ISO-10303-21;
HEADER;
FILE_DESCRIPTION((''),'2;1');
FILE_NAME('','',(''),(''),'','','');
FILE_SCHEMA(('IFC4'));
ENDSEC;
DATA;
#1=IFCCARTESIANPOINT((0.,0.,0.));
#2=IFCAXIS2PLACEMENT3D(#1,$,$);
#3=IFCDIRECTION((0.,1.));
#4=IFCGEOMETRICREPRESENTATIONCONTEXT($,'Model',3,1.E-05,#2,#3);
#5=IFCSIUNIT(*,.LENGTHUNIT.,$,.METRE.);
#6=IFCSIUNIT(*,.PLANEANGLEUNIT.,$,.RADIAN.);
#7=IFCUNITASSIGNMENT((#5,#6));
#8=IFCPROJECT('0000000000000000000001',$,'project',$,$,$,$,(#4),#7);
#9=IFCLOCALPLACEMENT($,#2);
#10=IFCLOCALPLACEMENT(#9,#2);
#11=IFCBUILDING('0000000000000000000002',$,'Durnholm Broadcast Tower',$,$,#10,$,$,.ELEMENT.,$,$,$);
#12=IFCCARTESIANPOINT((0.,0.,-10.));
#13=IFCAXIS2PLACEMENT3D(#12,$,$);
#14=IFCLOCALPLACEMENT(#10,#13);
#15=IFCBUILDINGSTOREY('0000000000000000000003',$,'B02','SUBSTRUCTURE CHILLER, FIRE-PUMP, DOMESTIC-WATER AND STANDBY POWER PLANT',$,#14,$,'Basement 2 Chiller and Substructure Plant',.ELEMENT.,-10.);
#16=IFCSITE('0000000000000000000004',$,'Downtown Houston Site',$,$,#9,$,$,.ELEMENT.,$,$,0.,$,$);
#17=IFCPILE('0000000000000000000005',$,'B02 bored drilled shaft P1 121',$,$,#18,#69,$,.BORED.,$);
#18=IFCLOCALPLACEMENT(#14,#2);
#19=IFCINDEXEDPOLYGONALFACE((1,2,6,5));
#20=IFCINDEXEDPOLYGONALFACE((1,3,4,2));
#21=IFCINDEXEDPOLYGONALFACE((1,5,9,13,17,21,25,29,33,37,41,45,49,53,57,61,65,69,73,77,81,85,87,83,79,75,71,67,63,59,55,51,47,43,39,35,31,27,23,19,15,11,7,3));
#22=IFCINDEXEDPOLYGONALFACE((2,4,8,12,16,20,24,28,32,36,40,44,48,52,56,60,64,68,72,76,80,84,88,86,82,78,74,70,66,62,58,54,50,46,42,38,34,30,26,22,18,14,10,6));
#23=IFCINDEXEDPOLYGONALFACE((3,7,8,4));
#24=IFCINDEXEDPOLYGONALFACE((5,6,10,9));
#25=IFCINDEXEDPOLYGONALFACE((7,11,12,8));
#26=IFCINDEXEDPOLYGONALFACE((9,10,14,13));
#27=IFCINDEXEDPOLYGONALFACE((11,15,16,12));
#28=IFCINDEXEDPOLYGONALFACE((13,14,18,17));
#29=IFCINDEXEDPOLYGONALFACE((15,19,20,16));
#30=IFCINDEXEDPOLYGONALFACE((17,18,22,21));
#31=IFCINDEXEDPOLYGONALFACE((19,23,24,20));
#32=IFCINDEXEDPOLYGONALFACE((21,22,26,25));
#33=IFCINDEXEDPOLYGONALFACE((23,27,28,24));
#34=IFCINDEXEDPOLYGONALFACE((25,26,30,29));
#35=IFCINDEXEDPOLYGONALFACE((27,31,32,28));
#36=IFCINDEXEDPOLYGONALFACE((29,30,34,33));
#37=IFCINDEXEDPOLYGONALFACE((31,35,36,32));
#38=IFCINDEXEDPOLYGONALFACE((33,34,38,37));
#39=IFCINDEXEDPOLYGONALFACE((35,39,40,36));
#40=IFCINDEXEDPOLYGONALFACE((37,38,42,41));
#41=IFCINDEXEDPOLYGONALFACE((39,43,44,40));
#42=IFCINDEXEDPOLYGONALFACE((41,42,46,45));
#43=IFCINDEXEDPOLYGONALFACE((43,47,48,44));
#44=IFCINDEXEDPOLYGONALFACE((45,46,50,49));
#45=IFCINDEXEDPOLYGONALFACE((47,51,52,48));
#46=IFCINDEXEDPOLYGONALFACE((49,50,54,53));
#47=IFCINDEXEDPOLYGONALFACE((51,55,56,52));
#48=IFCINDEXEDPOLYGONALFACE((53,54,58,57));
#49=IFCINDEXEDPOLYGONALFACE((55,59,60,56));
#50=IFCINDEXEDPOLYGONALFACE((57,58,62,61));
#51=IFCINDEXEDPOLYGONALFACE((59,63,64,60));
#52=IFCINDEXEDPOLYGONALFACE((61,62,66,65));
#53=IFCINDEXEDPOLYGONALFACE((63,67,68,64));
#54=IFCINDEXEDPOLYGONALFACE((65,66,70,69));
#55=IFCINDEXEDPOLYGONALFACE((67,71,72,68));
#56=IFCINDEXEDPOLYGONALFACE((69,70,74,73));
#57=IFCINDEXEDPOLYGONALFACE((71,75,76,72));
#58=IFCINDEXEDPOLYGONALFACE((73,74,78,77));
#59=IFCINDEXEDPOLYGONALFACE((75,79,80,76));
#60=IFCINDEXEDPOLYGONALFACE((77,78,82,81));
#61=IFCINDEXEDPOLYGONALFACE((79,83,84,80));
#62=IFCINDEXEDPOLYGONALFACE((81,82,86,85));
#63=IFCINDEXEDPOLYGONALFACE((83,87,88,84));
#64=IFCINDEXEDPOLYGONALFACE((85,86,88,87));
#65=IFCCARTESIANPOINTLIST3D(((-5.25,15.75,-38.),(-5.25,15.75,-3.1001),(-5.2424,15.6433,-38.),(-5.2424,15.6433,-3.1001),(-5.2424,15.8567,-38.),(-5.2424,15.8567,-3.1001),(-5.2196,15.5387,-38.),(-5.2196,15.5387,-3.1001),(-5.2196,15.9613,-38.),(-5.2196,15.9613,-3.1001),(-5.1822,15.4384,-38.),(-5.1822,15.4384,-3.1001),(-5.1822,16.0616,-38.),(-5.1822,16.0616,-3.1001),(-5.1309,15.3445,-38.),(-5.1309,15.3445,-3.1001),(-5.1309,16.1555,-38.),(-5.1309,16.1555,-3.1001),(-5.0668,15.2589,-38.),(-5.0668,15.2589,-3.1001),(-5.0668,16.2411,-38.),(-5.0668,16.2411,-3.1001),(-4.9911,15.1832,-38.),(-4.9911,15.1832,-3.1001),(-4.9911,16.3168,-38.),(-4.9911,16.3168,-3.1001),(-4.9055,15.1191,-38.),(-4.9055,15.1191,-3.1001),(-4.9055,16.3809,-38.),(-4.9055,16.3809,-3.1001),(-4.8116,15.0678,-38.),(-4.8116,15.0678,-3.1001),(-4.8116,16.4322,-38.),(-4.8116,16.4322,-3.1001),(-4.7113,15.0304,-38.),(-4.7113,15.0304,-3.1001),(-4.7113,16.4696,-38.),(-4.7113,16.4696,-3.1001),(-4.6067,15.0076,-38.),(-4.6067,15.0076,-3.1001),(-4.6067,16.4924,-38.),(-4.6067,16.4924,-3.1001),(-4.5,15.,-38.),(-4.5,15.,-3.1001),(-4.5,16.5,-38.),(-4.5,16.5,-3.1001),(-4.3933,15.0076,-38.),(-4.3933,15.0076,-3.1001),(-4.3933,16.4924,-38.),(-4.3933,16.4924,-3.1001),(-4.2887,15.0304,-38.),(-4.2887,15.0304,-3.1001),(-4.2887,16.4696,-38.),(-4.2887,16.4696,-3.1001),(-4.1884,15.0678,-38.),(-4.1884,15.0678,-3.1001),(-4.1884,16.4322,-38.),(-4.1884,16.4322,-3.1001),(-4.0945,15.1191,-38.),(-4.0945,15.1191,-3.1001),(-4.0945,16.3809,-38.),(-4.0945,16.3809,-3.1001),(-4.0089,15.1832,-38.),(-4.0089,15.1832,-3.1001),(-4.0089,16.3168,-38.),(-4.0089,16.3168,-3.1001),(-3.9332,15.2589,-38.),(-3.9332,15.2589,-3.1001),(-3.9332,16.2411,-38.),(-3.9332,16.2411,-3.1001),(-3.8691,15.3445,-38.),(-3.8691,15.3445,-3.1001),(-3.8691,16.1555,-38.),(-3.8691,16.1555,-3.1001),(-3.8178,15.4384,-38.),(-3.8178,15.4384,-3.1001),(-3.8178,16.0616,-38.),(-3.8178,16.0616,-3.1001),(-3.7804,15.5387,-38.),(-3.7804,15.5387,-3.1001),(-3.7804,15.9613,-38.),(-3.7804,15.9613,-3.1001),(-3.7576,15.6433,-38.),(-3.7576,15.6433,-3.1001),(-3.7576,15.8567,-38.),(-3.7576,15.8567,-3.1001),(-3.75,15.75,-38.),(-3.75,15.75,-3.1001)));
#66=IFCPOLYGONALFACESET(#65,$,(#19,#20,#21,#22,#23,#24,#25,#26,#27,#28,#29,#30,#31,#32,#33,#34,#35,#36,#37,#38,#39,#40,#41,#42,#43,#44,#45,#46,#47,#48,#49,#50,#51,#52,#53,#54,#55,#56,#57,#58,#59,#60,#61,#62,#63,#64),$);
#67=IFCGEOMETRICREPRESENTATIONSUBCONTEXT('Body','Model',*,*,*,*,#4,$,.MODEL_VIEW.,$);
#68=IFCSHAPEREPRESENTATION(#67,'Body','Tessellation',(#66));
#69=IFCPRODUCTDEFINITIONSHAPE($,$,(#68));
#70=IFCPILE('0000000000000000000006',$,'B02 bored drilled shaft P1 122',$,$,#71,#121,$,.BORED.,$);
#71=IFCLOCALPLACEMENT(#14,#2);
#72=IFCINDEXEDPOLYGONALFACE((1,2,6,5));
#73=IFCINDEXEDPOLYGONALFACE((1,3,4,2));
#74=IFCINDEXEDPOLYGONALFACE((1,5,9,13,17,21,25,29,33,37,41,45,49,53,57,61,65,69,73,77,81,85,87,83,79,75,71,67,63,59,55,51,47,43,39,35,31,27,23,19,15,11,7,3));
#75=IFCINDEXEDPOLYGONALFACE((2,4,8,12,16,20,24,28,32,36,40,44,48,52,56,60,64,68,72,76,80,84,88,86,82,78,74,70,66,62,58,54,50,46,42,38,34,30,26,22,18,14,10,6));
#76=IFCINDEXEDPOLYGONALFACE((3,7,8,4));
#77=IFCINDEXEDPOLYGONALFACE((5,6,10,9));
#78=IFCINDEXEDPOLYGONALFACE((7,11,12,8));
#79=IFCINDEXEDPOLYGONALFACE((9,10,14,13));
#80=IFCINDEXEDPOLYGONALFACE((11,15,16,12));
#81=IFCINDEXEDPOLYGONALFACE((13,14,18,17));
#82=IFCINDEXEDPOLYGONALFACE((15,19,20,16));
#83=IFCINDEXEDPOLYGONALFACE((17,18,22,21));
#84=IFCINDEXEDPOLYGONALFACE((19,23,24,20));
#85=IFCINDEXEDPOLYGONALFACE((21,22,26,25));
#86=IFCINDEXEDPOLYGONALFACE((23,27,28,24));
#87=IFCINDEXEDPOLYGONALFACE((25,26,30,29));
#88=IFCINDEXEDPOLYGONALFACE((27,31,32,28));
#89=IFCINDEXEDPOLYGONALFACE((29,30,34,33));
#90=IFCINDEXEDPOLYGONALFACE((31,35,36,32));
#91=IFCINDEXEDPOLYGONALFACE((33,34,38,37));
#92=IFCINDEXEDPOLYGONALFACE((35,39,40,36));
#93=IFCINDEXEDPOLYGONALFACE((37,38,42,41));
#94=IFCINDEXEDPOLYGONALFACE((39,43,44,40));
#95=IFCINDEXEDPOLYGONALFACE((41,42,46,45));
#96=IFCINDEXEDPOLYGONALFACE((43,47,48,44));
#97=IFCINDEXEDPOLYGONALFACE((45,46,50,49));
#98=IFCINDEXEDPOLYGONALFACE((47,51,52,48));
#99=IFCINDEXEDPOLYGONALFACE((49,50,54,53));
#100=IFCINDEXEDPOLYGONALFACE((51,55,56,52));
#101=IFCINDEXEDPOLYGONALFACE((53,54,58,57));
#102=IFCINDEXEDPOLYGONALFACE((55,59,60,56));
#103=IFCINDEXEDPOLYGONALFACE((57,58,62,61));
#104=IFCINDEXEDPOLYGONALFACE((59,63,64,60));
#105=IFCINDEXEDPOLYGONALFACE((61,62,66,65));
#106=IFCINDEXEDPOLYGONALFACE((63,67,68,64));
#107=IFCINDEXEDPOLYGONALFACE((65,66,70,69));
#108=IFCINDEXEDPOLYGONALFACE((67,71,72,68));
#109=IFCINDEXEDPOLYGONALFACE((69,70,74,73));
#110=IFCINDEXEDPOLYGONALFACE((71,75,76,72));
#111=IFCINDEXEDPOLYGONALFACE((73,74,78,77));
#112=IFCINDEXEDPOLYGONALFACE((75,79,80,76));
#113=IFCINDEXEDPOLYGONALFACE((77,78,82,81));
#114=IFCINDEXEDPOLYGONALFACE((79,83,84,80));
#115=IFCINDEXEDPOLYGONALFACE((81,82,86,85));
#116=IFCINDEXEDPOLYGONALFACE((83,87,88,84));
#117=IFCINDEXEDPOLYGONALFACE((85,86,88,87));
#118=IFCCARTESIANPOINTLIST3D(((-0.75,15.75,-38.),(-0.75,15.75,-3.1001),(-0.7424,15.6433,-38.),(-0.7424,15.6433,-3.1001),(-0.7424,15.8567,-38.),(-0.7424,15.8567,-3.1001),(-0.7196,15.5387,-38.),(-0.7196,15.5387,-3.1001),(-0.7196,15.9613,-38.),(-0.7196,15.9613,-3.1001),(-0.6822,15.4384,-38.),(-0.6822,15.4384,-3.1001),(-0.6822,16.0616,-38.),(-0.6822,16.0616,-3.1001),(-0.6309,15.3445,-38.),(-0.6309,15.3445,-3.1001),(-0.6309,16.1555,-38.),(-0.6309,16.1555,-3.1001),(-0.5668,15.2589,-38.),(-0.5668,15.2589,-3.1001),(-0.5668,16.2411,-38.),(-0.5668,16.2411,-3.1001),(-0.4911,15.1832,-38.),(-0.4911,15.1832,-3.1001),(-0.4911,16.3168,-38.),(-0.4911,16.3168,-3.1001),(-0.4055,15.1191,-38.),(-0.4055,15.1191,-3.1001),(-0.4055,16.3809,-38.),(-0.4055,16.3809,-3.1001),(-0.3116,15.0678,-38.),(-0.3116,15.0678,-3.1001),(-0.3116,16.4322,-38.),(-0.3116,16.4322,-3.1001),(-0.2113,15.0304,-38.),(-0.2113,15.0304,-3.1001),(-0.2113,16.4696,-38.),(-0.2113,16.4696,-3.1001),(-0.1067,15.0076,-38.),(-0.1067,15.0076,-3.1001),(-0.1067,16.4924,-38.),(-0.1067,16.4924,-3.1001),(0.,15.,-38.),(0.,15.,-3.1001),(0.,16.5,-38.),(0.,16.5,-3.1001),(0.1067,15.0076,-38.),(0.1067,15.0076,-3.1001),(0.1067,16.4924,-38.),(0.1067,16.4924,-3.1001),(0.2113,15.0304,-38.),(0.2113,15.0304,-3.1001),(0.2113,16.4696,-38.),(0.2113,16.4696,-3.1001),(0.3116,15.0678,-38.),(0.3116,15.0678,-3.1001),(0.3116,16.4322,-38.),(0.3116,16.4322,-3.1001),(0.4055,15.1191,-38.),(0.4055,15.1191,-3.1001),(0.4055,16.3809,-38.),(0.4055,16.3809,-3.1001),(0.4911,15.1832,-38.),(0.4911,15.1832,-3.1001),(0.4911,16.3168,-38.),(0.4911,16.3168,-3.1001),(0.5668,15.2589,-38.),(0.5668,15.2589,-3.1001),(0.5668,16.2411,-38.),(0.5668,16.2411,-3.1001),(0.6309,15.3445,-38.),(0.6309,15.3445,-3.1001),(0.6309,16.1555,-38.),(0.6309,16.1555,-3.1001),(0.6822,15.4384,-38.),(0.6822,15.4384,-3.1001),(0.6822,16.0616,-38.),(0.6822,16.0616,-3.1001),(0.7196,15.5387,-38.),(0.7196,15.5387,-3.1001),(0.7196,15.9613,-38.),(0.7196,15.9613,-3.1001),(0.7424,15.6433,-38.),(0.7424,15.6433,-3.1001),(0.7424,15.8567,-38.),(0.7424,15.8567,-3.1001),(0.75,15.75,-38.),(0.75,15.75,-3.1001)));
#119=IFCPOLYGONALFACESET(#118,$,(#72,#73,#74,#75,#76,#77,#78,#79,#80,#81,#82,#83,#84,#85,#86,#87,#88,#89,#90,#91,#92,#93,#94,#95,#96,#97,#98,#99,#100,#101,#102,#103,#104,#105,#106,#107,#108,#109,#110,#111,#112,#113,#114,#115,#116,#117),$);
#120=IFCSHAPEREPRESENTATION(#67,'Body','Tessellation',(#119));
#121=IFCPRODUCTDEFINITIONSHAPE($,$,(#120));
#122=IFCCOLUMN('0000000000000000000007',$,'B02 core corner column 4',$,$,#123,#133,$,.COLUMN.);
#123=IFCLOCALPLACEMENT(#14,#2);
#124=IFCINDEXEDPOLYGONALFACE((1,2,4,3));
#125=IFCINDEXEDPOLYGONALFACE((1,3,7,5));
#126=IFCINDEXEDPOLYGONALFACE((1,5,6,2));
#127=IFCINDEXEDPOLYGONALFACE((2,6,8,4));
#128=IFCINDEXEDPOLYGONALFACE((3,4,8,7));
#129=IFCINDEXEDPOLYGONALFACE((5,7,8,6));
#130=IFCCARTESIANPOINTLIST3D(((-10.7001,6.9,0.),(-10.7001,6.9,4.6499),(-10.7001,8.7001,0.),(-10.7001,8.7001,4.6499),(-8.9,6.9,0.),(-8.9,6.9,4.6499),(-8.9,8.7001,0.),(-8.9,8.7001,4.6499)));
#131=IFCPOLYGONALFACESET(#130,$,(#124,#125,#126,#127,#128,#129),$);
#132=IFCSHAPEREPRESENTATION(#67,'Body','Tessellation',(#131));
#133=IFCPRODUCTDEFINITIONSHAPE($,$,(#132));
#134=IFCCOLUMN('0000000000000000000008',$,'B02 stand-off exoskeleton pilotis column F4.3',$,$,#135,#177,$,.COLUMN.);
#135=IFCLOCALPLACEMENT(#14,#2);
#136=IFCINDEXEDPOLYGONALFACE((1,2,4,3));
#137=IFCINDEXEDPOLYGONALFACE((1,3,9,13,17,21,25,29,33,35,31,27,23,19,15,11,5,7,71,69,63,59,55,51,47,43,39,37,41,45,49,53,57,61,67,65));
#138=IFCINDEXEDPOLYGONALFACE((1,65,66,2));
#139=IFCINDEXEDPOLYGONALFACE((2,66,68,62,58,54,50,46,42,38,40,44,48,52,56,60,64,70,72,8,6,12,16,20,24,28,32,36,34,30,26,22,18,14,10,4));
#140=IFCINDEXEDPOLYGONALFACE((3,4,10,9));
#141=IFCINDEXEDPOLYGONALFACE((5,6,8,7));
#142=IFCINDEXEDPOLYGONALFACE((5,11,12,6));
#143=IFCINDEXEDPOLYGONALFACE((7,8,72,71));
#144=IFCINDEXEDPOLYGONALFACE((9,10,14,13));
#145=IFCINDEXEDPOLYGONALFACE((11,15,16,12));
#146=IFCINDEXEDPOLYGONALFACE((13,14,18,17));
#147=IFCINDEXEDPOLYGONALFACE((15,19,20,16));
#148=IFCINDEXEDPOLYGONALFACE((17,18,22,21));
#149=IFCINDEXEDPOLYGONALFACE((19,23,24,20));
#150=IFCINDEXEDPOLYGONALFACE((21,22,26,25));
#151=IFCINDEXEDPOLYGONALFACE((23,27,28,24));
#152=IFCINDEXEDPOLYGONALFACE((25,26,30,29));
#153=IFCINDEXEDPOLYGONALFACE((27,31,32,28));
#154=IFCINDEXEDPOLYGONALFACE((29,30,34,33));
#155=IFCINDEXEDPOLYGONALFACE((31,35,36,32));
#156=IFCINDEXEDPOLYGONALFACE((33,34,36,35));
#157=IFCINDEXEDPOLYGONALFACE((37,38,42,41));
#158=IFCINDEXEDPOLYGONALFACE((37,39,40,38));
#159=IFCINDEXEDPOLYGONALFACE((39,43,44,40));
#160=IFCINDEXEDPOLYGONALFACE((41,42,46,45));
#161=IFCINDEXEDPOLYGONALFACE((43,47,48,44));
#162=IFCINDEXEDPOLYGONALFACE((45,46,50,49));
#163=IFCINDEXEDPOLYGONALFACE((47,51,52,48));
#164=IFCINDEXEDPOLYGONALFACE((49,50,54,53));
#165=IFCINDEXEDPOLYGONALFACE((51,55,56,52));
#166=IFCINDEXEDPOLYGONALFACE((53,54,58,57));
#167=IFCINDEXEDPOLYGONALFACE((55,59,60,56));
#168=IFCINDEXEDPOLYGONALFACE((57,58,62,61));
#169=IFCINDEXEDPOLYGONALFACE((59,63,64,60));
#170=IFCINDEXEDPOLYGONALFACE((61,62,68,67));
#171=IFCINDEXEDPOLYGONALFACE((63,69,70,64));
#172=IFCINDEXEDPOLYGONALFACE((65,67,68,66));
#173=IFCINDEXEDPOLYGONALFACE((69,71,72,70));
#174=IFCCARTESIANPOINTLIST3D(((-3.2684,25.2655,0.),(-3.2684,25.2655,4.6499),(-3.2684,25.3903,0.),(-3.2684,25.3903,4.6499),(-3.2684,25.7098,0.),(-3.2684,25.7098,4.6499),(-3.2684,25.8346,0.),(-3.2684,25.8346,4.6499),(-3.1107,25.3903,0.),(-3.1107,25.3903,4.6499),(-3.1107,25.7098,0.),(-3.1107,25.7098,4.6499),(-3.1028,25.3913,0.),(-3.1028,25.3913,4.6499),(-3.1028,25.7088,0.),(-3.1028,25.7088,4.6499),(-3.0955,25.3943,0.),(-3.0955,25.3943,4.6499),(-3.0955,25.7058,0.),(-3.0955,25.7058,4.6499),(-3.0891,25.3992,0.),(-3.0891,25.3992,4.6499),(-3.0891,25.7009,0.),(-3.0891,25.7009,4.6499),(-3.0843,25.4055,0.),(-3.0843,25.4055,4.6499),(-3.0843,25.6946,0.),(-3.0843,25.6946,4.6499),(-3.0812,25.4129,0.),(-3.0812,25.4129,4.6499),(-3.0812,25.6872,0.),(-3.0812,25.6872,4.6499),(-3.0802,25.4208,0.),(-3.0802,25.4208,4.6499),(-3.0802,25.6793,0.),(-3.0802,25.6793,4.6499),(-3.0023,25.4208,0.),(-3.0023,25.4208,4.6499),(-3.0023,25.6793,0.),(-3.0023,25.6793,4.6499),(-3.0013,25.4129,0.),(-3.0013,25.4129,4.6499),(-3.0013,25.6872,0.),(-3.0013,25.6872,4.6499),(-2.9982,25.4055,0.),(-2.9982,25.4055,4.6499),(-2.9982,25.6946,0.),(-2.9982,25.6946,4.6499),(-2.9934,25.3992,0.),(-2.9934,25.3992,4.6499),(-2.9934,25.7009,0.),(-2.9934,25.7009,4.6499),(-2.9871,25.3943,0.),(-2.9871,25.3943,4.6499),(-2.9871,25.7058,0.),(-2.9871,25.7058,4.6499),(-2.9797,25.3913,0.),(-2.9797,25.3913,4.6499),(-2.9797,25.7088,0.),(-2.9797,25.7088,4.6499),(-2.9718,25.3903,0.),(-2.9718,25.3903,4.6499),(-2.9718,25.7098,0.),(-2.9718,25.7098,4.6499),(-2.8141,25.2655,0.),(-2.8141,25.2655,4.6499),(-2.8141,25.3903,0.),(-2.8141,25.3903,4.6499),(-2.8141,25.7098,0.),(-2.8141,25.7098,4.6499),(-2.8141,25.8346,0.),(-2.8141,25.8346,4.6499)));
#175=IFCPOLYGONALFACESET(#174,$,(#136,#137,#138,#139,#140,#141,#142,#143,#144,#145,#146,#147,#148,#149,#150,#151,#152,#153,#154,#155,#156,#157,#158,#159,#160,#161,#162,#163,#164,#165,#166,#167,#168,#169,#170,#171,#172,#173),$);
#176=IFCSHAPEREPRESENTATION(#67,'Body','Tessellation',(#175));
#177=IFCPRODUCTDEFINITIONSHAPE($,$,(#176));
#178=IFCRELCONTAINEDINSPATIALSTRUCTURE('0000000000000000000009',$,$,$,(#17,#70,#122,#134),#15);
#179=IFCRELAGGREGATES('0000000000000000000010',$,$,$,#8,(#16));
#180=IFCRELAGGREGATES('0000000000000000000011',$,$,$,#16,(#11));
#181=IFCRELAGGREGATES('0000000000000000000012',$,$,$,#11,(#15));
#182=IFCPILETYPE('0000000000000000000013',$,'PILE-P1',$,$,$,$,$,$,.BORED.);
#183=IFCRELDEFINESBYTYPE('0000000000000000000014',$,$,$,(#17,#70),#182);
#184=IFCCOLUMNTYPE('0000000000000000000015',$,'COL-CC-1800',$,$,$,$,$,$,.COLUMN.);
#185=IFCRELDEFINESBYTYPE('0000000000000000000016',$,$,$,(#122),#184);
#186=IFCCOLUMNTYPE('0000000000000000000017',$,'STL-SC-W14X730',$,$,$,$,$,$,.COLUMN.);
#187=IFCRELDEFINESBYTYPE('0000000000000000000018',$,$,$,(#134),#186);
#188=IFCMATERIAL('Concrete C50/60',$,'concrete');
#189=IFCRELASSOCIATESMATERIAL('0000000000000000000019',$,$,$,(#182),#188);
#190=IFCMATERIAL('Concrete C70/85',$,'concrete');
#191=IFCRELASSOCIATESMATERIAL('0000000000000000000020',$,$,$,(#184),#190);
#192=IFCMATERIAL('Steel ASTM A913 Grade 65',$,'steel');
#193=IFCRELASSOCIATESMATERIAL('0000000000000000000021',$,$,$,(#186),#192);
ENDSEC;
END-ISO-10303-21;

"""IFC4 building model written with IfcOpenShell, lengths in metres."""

from ifc_helpers import new_model, si_unit, direction, frame, origin, origin_2d, place, context, subcontext, project, spatial, rectangle, circle, i_section, extrude, source, transform, mapped, material, material_profile, profile_set, type_object, type_shapes, element, save


model = new_model("IFC4")

# Units and contexts
model_context = context("Model", 3, precision=1e-05, world=origin(), true_north=direction((0.0, 1.0)))
body_context = subcontext(model_context, "Body", "Model", "MODEL_VIEW")
ifc_project = project(units=[si_unit("LENGTHUNIT", "METRE"), si_unit("PLANEANGLEUNIT", "RADIAN")], contexts=[model_context])

# Site, building, storey
site_placement = place(None, origin())
site = spatial("IfcSite", under=ifc_project, at=site_placement, Name="Downtown Houston Site", CompositionType="ELEMENT", RefElevation=0.0)
building_placement = place(site_placement, origin())
building = spatial("IfcBuilding", under=site, at=building_placement, Name="Durnholm Broadcast Tower", CompositionType="ELEMENT")
storey_placement = place(building_placement, frame((0.0, 0.0, -10.0)))
storey = spatial("IfcBuildingStorey", under=building, at=storey_placement, Name="B02", Description="SUBSTRUCTURE CHILLER, FIRE-PUMP, DOMESTIC-WATER AND STANDBY POWER PLANT", LongName="Basement 2 Chiller and Substructure Plant", CompositionType="ELEMENT", Elevation=-10.0)

# Piles
ifc_material_1 = material(Name="Concrete C50/60", Category="concrete")
ifc_material_profile_1 = material_profile(ifc_material_1, circle(Radius=0.75, at=origin_2d()), Name="PILE1500")
ifc_profile_set_1 = profile_set([ifc_material_profile_1], Name="Concrete C50/60")
pile_type_1 = type_object("IfcPileType", Name="PILE-P1", PredefinedType="BORED", material=ifc_profile_set_1)
shared_shape_1 = source(origin(), body_context, "Body", "SweptSolid", [
    extrude(circle(Radius=0.75, at=origin_2d()), origin(), (0.0, 0.0, 1.0), 34.8999),
])
type_shapes(pile_type_1, [shared_shape_1])
for number, where, z_axis, x_axis, name in (
    (1, (-4.5, 15.75, -3.1001), (0.0, 0.0, -1.0), (1.0, 0.0, 0.0), "B02 bored drilled shaft P1 121"),
    (2, (0.0, 15.75, -3.1001), (0.0, 0.0, -1.0), (1.0, 0.0, 0.0), "B02 bored drilled shaft P1 122"),
):
    element("IfcPile", number, at=place(storey_placement, frame(where, z_axis=z_axis, x_axis=x_axis)), inside=storey, type_object=pile_type_1, Name=name, PredefinedType="BORED", context=body_context, shape_type="MappedRepresentation", body=[
        mapped(shared_shape_1, transform((0.0, 0.0, 0.0), x_axis=(1.0, 0.0, 0.0), y_axis=(0.0, 1.0, 0.0), z_axis=(0.0, 0.0, 1.0), scale=1.0)),
    ])

# Columns
ifc_material_2 = material(Name="Concrete C70/85", Category="concrete")
ifc_material_profile_2 = material_profile(ifc_material_2, rectangle(XDim=1.8, YDim=1.8, at=origin_2d()), Name="RC1800X1800")
ifc_profile_set_2 = profile_set([ifc_material_profile_2], Name="Concrete C70/85")
column_type_1 = type_object("IfcColumnType", Name="COL-CC-1800", PredefinedType="COLUMN", material=ifc_profile_set_2)
shared_shape_2 = source(origin(), body_context, "Body", "SweptSolid", [
    extrude(rectangle(XDim=1.8, YDim=1.8, at=origin_2d()), origin(), (0.0, 0.0, 1.0), 4.6499),
])
type_shapes(column_type_1, [shared_shape_2])
column_placement = place(storey_placement, frame((-9.8, 7.8, 0.0), z_axis=(0.0, 0.0, 1.0), x_axis=(1.0, 0.0, 0.0)))
element("IfcColumn", 3, at=column_placement, inside=storey, type_object=column_type_1, Name="B02 core corner column 4", PredefinedType="COLUMN", context=body_context, shape_type="MappedRepresentation", body=[
    mapped(shared_shape_2, transform((0.0, 0.0, 0.0), x_axis=(1.0, 0.0, 0.0), y_axis=(0.0, 1.0, 0.0), z_axis=(0.0, 0.0, 1.0), scale=1.0)),
])
ifc_material_3 = material(Name="Steel ASTM A913 Grade 65", Category="steel")
ifc_material_profile_3 = material_profile(ifc_material_3, i_section(OverallWidth=0.4543, OverallDepth=0.5691, WebThickness=0.0779, FlangeThickness=0.1248, FilletRadius=0.0305, at=origin_2d()), Name="W14X730")
ifc_profile_set_3 = profile_set([ifc_material_profile_3], Name="Steel ASTM A913 Grade 65")
column_type_2 = type_object("IfcColumnType", Name="STL-SC-W14X730", PredefinedType="COLUMN", material=ifc_profile_set_3)
shared_shape_3 = source(origin(), body_context, "Body", "SweptSolid", [
    extrude(i_section(OverallWidth=0.4543, OverallDepth=0.5691, WebThickness=0.0779, FlangeThickness=0.1248, FilletRadius=0.0305, at=origin_2d()), origin(), (0.0, 0.0, 1.0), 4.6499),
])
type_shapes(column_type_2, [shared_shape_3])
for number, where, z_axis, x_axis, name in (
    (4, (-3.0413, 25.55, 0.0), (0.0, 0.0, 1.0), (1.0, 0.0, 0.0), "B02 stand-off exoskeleton pilotis column F4.3"),
):
    element("IfcColumn", number, at=place(storey_placement, frame(where, z_axis=z_axis, x_axis=x_axis)), inside=storey, type_object=column_type_2, Name=name, PredefinedType="COLUMN", context=body_context, shape_type="MappedRepresentation", body=[
        mapped(shared_shape_3, transform((0.0, 0.0, 0.0), x_axis=(1.0, 0.0, 0.0), y_axis=(0.0, 1.0, 0.0), z_axis=(0.0, 0.0, 1.0), scale=1.0)),
    ])

save(model, "model.ifc")
